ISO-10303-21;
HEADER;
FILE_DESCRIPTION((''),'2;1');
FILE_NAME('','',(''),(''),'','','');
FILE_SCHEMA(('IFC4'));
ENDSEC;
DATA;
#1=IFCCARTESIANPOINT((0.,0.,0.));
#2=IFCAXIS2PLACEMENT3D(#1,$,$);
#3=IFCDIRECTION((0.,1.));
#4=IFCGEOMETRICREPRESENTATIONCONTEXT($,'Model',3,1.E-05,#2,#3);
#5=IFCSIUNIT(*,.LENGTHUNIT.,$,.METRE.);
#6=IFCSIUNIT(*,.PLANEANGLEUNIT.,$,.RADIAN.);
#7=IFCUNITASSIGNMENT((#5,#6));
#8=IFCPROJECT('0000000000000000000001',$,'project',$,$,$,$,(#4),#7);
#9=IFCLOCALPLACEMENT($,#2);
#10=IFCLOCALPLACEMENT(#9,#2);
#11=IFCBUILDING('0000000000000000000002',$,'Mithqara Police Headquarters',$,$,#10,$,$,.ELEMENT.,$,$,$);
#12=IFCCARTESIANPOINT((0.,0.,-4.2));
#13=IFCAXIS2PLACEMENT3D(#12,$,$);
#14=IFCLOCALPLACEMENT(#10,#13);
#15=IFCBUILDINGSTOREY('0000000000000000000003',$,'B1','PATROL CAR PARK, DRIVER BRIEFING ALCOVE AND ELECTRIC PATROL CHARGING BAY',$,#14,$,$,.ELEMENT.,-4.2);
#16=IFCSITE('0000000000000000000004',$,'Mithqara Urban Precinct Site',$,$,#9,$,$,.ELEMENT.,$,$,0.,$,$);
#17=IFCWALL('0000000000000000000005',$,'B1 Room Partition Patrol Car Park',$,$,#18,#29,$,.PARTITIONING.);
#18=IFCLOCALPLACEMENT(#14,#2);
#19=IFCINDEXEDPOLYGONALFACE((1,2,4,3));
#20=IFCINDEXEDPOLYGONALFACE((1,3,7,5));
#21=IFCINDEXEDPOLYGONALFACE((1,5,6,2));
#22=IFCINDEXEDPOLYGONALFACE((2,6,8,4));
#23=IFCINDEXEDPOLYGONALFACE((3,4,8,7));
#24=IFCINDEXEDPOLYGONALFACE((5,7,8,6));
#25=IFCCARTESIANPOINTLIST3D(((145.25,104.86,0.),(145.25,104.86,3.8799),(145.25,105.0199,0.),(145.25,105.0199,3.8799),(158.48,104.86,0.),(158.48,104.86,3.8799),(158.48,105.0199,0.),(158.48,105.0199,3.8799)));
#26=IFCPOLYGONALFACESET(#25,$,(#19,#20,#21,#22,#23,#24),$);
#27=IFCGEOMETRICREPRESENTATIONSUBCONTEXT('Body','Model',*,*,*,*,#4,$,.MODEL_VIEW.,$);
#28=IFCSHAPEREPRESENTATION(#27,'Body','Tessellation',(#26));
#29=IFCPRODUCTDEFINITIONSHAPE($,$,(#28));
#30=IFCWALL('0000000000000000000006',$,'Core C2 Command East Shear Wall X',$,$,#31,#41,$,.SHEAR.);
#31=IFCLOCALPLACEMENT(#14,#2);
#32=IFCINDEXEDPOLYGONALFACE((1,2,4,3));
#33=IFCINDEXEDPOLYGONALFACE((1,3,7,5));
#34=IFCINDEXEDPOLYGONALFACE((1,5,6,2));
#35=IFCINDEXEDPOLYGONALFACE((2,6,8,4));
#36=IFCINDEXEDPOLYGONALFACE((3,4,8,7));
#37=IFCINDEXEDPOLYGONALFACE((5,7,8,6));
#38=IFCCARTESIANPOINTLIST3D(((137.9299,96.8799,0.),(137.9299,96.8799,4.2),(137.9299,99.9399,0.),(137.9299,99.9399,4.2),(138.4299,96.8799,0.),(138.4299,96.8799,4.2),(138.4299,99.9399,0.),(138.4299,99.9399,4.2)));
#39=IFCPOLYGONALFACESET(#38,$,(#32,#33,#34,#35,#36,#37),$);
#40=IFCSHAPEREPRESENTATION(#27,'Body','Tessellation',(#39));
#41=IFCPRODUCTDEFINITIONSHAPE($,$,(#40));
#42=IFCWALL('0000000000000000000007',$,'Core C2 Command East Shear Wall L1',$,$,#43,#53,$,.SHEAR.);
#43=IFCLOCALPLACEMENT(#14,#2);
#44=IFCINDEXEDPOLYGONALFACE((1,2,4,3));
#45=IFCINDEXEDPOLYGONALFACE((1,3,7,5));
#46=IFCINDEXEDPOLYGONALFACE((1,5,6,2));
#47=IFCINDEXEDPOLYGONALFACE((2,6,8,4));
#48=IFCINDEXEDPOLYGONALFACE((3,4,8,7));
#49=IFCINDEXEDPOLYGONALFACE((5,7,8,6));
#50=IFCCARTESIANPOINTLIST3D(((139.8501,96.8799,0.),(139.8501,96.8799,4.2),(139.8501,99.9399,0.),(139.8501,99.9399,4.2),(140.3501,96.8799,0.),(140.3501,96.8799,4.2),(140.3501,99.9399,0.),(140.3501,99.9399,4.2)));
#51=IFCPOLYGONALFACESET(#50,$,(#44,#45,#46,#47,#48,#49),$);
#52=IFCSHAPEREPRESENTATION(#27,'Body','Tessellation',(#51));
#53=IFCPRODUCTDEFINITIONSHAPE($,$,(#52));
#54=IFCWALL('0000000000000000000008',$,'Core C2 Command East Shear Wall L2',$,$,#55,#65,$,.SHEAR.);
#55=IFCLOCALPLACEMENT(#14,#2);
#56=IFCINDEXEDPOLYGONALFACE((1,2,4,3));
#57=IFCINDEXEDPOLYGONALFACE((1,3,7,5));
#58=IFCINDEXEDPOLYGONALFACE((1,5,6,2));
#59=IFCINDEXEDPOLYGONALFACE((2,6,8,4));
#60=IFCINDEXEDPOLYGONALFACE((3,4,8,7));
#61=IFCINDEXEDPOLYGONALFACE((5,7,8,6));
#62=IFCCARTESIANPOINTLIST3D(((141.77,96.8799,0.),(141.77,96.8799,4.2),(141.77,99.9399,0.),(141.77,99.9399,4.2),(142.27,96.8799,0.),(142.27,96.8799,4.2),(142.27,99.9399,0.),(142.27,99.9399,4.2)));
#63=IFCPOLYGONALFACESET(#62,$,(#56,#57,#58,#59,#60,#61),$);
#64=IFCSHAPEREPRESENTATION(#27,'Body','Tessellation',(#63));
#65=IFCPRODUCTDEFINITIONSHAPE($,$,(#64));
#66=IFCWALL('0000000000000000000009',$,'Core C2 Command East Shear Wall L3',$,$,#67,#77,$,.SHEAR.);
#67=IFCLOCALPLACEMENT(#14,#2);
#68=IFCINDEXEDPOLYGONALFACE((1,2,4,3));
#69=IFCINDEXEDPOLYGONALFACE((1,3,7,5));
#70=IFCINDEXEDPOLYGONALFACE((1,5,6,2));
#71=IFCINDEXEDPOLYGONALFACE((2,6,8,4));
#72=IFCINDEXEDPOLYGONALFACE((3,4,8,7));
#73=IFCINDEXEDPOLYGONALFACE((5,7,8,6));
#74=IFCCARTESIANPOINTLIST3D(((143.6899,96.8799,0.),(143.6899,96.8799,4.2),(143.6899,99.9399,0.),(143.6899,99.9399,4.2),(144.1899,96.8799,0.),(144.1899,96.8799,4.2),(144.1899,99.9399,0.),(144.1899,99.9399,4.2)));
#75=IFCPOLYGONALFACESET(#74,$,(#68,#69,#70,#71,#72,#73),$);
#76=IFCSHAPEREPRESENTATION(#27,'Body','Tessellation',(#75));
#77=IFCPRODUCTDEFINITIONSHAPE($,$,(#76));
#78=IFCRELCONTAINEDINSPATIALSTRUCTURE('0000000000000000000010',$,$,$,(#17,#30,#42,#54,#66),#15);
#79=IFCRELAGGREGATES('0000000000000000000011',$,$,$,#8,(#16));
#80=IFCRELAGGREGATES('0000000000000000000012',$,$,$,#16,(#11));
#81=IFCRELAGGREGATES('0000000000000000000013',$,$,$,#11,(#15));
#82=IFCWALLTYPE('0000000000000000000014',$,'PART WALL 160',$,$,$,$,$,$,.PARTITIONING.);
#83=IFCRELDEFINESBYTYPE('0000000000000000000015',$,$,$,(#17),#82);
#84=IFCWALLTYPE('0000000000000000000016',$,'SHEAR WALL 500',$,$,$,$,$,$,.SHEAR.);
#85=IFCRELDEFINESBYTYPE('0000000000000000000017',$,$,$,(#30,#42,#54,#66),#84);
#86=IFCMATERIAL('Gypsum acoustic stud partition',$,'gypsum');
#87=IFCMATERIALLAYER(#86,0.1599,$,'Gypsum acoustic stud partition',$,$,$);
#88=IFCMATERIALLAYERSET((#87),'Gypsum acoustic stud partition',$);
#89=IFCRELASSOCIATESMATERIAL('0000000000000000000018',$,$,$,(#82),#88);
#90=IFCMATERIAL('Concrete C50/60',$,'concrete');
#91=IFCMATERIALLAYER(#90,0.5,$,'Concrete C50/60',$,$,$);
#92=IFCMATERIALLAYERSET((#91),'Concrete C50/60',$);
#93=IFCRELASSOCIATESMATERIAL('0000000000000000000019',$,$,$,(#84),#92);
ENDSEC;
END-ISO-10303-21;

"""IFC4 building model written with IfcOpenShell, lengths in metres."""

from ifc_helpers import new_model, si_unit, direction, frame, frame_2d, origin, place, context, subcontext, project, spatial, rectangle, extrude, material, layer, layer_set, type_object, element, save


model = new_model("IFC4")

# Units and contexts
model_context = context("Model", 3, precision=1e-05, world=origin(), true_north=direction((0.0, 1.0)))
body_context = subcontext(model_context, "Body", "Model", "MODEL_VIEW")
ifc_project = project(units=[si_unit("LENGTHUNIT", "METRE"), si_unit("PLANEANGLEUNIT", "RADIAN")], contexts=[model_context])

# Site, building, storey
site_placement = place(None, origin())
site = spatial("IfcSite", under=ifc_project, at=site_placement, Name="Mithqara Urban Precinct Site", CompositionType="ELEMENT", RefElevation=0.0)
building_placement = place(site_placement, origin())
building = spatial("IfcBuilding", under=site, at=building_placement, Name="Mithqara Police Headquarters", CompositionType="ELEMENT")
storey_placement = place(building_placement, frame((0.0, 0.0, -4.2)))
storey = spatial("IfcBuildingStorey", under=building, at=storey_placement, Name="B1", Description="PATROL CAR PARK, DRIVER BRIEFING ALCOVE AND ELECTRIC PATROL CHARGING BAY", CompositionType="ELEMENT", Elevation=-4.2)

# Shared definitions
ifc_material_1 = material(Name="Concrete C50/60", Category="concrete")

# Walls
ifc_material_2 = material(Name="Gypsum acoustic stud partition", Category="gypsum")
ifc_layer_1 = layer(ifc_material_2, 0.1599, Name="Gypsum acoustic stud partition")
ifc_layer_set_1 = layer_set([ifc_layer_1], Name="Gypsum acoustic stud partition")
wall_type_1 = type_object("IfcWallType", Name="PART WALL 160", PredefinedType="PARTITIONING", material=ifc_layer_set_1)
wall_placement = place(storey_placement, frame((145.25, 104.9399, 0.0), z_axis=(0.0, 0.0, 1.0), x_axis=(1.0, 0.0, 0.0)))
element("IfcWall", 1, at=wall_placement, inside=storey, type_object=wall_type_1, Name="B1 Room Partition Patrol Car Park", PredefinedType="PARTITIONING", context=body_context, shape_type="SweptSolid", body=[
    extrude(rectangle(XDim=13.23, YDim=0.1599, at=frame_2d((6.615, 0.0))), origin(), (0.0, 0.0, 1.0), 3.8799),
])
ifc_layer_2 = layer(ifc_material_1, 0.5, Name="Concrete C50/60")
ifc_layer_set_2 = layer_set([ifc_layer_2], Name="Concrete C50/60")
wall_type_2 = type_object("IfcWallType", Name="SHEAR WALL 500", PredefinedType="SHEAR", material=ifc_layer_set_2)
for number, where, z_axis, x_axis, name in (
    (2, (138.1799, 96.8799, 0.0), (0.0, 0.0, 1.0), (0.0, 1.0, 0.0), "Core C2 Command East Shear Wall X"),
    (3, (140.1001, 96.8799, 0.0), (0.0, 0.0, 1.0), (0.0, 1.0, 0.0), "Core C2 Command East Shear Wall L1"),
    (4, (142.02, 96.8799, 0.0), (0.0, 0.0, 1.0), (0.0, 1.0, 0.0), "Core C2 Command East Shear Wall L2"),
    (5, (143.9399, 96.8799, 0.0), (0.0, 0.0, 1.0), (0.0, 1.0, 0.0), "Core C2 Command East Shear Wall L3"),
):
    element("IfcWall", number, at=place(storey_placement, frame(where, z_axis=z_axis, x_axis=x_axis)), inside=storey, type_object=wall_type_2, Name=name, PredefinedType="SHEAR", context=body_context, shape_type="SweptSolid", body=[
        extrude(rectangle(XDim=3.0601, YDim=0.5, at=frame_2d((1.53, 0.0))), origin(), (0.0, 0.0, 1.0), 4.2),
    ])

save(model, "model.ifc")
